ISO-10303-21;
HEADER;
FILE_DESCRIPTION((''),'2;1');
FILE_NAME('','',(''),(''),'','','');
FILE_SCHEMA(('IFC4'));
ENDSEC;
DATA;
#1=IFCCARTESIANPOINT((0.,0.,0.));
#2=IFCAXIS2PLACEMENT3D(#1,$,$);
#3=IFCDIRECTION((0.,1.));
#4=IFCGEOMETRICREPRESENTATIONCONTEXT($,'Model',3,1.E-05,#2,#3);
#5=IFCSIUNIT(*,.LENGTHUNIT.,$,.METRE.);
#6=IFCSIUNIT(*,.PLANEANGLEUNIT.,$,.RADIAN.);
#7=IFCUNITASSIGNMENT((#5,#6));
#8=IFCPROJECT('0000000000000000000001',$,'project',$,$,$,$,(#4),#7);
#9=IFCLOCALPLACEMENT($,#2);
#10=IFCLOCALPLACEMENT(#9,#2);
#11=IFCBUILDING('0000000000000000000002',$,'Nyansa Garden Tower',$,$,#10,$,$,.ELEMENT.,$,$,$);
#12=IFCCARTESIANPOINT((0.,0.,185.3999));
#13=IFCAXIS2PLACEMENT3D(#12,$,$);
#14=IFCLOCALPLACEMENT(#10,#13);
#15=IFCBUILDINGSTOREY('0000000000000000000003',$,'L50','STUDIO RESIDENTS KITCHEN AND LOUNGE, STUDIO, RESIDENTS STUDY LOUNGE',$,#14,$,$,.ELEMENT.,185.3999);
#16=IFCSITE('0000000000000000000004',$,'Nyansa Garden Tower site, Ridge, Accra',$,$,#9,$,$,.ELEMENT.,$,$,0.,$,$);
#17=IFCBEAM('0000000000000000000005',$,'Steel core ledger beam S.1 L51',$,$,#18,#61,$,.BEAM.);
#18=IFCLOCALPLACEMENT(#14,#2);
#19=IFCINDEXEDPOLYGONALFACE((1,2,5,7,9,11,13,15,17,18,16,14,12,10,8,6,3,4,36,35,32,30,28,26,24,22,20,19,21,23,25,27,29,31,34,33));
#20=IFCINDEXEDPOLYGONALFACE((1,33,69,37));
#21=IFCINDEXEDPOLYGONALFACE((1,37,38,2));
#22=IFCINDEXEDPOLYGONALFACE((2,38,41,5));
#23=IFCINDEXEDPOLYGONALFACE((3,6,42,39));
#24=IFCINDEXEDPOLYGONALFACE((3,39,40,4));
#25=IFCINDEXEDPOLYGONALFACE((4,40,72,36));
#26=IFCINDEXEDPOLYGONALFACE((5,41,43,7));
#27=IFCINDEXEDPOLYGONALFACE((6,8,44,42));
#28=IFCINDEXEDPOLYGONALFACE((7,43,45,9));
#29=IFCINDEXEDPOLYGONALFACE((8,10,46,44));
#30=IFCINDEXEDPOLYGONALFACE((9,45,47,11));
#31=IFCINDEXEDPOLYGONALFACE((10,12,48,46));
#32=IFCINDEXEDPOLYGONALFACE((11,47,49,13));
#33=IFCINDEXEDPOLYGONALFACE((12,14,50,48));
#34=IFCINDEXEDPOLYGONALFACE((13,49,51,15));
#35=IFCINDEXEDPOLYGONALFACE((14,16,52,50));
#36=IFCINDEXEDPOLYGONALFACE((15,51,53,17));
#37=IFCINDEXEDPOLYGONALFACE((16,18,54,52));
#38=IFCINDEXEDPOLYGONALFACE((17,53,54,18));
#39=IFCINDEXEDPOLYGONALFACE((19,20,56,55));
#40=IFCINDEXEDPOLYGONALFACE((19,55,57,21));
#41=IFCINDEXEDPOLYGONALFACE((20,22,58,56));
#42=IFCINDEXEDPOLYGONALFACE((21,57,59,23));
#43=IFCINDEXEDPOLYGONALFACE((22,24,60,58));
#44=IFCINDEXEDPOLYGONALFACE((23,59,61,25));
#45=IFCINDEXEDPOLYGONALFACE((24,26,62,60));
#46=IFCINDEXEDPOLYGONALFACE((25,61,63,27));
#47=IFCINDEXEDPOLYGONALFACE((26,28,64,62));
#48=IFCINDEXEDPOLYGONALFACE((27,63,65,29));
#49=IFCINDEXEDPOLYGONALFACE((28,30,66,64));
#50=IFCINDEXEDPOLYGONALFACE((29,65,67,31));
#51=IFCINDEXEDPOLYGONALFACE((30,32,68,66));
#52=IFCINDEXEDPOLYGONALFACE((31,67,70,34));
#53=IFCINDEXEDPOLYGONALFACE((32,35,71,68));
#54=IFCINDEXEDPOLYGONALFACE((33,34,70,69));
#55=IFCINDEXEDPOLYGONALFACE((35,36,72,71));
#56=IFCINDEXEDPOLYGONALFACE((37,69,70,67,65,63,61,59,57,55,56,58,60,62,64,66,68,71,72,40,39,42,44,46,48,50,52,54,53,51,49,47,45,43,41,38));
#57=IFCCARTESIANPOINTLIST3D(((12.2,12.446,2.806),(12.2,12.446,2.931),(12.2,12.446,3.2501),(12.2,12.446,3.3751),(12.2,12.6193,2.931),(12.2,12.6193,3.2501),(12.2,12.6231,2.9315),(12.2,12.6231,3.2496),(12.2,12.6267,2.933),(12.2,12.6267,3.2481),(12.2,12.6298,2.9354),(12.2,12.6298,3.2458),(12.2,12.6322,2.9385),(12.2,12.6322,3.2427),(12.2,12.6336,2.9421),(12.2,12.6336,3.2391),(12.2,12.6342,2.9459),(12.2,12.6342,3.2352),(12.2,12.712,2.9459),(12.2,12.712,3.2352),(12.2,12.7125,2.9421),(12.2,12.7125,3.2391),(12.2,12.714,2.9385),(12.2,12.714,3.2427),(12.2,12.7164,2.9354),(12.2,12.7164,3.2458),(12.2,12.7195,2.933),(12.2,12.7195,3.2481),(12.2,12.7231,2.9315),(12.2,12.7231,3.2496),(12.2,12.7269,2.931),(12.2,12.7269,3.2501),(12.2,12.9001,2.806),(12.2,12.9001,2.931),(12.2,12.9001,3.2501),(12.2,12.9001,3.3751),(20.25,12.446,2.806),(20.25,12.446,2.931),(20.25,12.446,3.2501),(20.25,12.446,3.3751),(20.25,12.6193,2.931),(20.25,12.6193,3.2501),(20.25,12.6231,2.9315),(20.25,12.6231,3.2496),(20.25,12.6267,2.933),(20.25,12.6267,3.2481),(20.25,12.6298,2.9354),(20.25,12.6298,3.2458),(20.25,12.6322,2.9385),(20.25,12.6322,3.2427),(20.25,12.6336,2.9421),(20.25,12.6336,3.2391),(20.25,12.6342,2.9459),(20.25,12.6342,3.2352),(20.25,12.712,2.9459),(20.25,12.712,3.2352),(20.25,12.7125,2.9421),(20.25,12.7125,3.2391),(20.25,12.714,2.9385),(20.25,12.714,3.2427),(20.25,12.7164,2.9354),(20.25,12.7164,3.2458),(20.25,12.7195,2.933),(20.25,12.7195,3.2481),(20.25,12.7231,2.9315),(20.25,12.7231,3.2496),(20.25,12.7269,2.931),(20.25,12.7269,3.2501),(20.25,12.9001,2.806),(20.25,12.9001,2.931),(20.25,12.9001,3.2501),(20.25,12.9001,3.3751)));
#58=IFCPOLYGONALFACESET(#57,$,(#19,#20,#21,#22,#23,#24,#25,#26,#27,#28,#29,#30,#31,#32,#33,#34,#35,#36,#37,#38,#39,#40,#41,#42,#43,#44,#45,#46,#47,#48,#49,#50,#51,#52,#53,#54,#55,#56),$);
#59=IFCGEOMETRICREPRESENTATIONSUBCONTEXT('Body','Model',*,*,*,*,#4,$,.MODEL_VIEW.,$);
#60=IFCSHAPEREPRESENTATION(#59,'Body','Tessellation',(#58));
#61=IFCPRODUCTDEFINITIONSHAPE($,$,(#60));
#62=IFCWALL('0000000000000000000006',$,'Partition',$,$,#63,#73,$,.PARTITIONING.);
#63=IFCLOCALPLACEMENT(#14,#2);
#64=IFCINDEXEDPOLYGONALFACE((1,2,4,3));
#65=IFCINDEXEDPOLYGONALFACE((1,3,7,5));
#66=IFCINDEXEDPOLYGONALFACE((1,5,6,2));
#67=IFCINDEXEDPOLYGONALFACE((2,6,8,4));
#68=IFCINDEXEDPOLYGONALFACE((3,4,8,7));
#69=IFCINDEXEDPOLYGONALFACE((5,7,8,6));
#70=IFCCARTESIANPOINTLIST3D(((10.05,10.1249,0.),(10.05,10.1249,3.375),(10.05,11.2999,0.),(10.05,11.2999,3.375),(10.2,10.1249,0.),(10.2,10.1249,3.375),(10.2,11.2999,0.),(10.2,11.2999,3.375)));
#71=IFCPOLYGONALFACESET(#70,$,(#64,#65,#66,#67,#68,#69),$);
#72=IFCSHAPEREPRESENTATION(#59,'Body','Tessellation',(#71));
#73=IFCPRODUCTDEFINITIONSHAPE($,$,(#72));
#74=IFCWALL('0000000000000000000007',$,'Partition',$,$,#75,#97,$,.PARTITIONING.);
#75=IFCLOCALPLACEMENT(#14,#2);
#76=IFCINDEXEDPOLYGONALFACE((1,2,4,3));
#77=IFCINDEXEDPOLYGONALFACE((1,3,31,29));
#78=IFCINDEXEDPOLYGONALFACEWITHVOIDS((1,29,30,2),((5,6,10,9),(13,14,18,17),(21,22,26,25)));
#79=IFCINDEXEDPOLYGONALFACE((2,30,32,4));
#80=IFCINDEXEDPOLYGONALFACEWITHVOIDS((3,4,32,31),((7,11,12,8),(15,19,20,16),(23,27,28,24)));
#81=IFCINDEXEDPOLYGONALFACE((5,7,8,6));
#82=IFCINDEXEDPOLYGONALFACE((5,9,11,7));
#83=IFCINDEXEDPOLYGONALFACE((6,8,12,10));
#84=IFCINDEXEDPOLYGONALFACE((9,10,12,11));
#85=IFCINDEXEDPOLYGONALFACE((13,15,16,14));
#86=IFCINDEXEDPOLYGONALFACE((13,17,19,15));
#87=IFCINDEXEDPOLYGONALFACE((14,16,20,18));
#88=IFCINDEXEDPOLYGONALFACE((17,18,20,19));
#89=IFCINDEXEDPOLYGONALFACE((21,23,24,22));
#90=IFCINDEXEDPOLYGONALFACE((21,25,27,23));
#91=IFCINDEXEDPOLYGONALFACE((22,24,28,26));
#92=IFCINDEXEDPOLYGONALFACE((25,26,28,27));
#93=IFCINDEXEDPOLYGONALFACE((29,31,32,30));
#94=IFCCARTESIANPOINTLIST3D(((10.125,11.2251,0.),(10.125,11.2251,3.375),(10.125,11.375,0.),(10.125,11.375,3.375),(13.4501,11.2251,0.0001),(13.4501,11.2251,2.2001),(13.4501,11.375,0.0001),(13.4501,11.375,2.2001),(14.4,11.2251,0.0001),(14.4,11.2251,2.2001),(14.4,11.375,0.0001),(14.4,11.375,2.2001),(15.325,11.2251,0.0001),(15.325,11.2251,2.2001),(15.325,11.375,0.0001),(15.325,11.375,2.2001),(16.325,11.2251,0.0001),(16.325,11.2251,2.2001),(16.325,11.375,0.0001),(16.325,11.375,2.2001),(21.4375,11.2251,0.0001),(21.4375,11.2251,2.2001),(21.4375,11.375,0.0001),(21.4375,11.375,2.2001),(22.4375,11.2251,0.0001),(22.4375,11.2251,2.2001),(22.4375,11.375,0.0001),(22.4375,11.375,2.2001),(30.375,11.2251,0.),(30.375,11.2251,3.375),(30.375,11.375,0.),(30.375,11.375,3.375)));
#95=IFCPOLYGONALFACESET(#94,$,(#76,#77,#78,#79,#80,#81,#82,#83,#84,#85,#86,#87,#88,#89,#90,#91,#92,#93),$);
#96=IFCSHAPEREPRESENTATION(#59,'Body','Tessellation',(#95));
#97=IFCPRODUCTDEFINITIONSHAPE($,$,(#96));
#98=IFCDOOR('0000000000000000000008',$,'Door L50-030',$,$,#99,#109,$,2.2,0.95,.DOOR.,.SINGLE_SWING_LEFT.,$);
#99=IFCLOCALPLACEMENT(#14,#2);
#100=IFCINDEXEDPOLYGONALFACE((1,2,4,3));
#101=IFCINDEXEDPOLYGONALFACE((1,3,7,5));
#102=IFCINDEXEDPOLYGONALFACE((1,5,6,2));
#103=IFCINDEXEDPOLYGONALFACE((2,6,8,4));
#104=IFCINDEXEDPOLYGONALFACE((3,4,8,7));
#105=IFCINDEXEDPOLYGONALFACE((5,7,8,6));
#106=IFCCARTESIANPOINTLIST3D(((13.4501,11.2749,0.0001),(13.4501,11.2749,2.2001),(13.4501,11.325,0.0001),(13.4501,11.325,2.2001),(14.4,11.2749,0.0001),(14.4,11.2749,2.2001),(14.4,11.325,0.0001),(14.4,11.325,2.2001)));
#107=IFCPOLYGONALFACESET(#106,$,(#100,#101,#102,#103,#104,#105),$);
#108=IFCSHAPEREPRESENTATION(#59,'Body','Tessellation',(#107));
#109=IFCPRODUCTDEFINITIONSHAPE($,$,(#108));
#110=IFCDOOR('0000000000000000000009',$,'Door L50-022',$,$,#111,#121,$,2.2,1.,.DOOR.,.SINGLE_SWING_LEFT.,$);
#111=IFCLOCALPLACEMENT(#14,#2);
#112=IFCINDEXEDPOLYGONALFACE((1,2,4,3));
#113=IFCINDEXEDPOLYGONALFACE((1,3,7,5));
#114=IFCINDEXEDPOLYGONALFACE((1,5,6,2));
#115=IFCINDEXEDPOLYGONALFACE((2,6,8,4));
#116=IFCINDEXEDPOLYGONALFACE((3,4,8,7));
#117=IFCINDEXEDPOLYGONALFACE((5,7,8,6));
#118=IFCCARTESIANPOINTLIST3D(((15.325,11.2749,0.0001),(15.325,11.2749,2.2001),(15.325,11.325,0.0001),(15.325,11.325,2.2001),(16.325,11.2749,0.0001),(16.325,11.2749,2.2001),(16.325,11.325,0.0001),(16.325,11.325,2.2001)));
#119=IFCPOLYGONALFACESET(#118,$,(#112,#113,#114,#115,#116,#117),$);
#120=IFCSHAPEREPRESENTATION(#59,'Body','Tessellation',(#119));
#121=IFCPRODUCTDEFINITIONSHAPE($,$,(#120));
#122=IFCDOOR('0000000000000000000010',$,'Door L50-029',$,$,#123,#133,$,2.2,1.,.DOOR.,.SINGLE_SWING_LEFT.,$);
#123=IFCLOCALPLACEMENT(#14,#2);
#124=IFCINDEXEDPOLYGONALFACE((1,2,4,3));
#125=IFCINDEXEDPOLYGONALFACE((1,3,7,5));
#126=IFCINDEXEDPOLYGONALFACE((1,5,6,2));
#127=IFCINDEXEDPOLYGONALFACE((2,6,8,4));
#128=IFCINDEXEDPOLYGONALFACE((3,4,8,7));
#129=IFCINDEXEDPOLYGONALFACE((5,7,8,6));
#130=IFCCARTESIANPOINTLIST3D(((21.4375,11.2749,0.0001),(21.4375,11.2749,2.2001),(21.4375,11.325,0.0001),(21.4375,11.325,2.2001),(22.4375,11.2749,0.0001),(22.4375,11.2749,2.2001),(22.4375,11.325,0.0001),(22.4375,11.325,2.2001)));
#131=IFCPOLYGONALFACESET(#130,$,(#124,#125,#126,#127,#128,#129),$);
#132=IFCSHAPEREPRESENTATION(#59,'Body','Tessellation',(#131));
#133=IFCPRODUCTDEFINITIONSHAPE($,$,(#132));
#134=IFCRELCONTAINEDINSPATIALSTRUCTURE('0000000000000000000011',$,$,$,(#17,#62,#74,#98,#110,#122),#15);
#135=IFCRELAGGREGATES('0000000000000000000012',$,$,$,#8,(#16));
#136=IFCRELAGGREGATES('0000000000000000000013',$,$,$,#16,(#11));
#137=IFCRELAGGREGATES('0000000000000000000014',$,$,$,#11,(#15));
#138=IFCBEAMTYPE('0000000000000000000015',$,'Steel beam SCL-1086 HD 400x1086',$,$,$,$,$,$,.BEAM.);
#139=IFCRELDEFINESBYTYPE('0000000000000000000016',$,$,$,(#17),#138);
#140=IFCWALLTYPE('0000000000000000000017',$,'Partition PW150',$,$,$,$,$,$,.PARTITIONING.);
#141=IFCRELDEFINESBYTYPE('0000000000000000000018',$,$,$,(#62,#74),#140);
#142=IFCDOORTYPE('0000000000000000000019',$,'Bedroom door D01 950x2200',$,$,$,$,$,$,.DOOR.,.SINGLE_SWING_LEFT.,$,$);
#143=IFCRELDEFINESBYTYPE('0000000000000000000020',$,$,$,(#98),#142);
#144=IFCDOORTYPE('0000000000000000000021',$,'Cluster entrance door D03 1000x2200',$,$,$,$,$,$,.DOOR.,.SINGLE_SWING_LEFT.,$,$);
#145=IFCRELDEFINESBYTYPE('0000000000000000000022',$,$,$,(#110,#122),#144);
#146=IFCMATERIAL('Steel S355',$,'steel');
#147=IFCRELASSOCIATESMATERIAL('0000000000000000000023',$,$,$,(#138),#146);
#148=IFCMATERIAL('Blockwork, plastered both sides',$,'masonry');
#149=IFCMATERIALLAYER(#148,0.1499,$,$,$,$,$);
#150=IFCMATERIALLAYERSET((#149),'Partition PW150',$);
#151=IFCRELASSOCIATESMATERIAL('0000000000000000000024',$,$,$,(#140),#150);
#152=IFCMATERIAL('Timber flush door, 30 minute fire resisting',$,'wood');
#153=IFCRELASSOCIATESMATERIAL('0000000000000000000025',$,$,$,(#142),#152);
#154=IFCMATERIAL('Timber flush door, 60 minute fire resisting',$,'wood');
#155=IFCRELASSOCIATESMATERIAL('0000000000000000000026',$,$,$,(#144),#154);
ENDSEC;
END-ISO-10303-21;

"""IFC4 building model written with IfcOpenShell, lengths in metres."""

from ifc_helpers import new_model, si_unit, direction, frame, frame_2d, origin, origin_2d, place, context, subcontext, project, spatial, rectangle, i_section, extrude, material, layer, layer_set, material_profile, profile_set, type_object, element, fill, save


model = new_model("IFC4")

# Units and contexts
model_context = context("Model", 3, precision=1e-05, world=origin(), true_north=direction((0.0, 1.0)))
body_context = subcontext(model_context, "Body", "Model", "MODEL_VIEW")
ifc_project = project(units=[si_unit("LENGTHUNIT", "METRE"), si_unit("PLANEANGLEUNIT", "RADIAN")], contexts=[model_context])

# Site, building, storey
site_placement = place(None, origin())
site = spatial("IfcSite", under=ifc_project, at=site_placement, Name="Nyansa Garden Tower site, Ridge, Accra", CompositionType="ELEMENT", RefElevation=0.0)
building_placement = place(site_placement, origin())
building = spatial("IfcBuilding", under=site, at=building_placement, Name="Nyansa Garden Tower", CompositionType="ELEMENT")
storey_placement = place(building_placement, frame((0.0, 0.0, 185.3999)))
storey = spatial("IfcBuildingStorey", under=building, at=storey_placement, Name="L50", Description="STUDIO RESIDENTS KITCHEN AND LOUNGE, STUDIO, RESIDENTS STUDY LOUNGE", CompositionType="ELEMENT", Elevation=185.3999)

# Beam
ifc_material_1 = material(Name="Steel S355", Category="steel")
ifc_material_profile_1 = material_profile(ifc_material_1, i_section(OverallWidth=0.4541, OverallDepth=0.5691, WebThickness=0.0779, FlangeThickness=0.125, FilletRadius=0.0149, at=origin_2d()), Name="HD 400x1086")
ifc_profile_set_1 = profile_set([ifc_material_profile_1], Name="Steel S355")
beam_type_1 = type_object("IfcBeamType", Name="Steel beam SCL-1086 HD 400x1086", PredefinedType="BEAM", material=ifc_profile_set_1)
beam_1_placement = place(storey_placement, frame((12.2, 12.6731, 3.0906), z_axis=(1.0, 0.0, 0.0), x_axis=(0.0, 1.0, 0.0)))
element("IfcBeam", 1, at=beam_1_placement, inside=storey, type_object=beam_type_1, Name="Steel core ledger beam S.1 L51", PredefinedType="BEAM", context=body_context, shape_type="SweptSolid", body=[
    extrude(i_section(OverallWidth=0.4541, OverallDepth=0.5691, WebThickness=0.0779, FlangeThickness=0.125, FilletRadius=0.0149, at=origin_2d()), origin(), (0.0, 0.0, 1.0), 8.05),
])

# Wall
ifc_material_2 = material(Name="Blockwork, plastered both sides", Category="masonry")
ifc_layer = layer(ifc_material_2, 0.1499)
ifc_layer_set = layer_set([ifc_layer], Name="Partition PW150")
wall_type = type_object("IfcWallType", Name="Partition PW150", PredefinedType="PARTITIONING", material=ifc_layer_set)
wall_1_placement = place(storey_placement, frame((10.125, 10.125, 0.0), z_axis=(0.0, 0.0, 1.0), x_axis=(0.0, 1.0, 0.0)))
element("IfcWall", 2, at=wall_1_placement, inside=storey, type_object=wall_type, Name="Partition", PredefinedType="PARTITIONING", context=body_context, shape_type="SweptSolid", body=[
    extrude(rectangle(XDim=1.175, YDim=0.1499, at=frame_2d((0.5874, 0.0))), origin(), (0.0, 0.0, 1.0), 3.375),
])

# Wall, openings, doors
wall_2_placement = place(storey_placement, frame((10.125, 11.3, 0.0), z_axis=(0.0, 0.0, 1.0), x_axis=(1.0, 0.0, 0.0)))
wall_2 = element("IfcWall", 3, at=wall_2_placement, inside=storey, type_object=wall_type, Name="Partition", PredefinedType="PARTITIONING", context=body_context, shape_type="SweptSolid", body=[
    extrude(rectangle(XDim=20.25, YDim=0.1499, at=frame_2d((10.125, 0.0))), origin(), (0.0, 0.0, 1.0), 3.375),
])
opening_1_placement = place(wall_2_placement, frame((5.2, 0.0, 0.0)))
opening_1 = element("IfcOpeningElement", 4, at=opening_1_placement, cuts=wall_2, PredefinedType="OPENING", context=body_context, shape_type="SweptSolid", body=[
    extrude(rectangle(XDim=1.0, YDim=2.2, at=frame_2d((0.5, 1.1001))), frame((0.0, 0.085, 0.0), z_axis=(0.0, -1.0, 0.0), x_axis=(1.0, 0.0, 0.0)), (0.0, 0.0, 1.0), 0.1699),
])
opening_2_placement = place(wall_2_placement, frame((11.3125, 0.0, 0.0)))
opening_2 = element("IfcOpeningElement", 5, at=opening_2_placement, cuts=wall_2, PredefinedType="OPENING", context=body_context, shape_type="SweptSolid", body=[
    extrude(rectangle(XDim=1.0, YDim=2.2, at=frame_2d((0.5, 1.1001))), frame((0.0, 0.085, 0.0), z_axis=(0.0, -1.0, 0.0), x_axis=(1.0, 0.0, 0.0)), (0.0, 0.0, 1.0), 0.1699),
])
opening_3_placement = place(wall_2_placement, frame((3.325, 0.0, 0.0)))
opening_3 = element("IfcOpeningElement", 6, at=opening_3_placement, cuts=wall_2, PredefinedType="OPENING", context=body_context, shape_type="SweptSolid", body=[
    extrude(rectangle(XDim=0.95, YDim=2.2, at=frame_2d((0.4751, 1.1001))), frame((0.0, 0.085, 0.0), z_axis=(0.0, -1.0, 0.0), x_axis=(1.0, 0.0, 0.0)), (0.0, 0.0, 1.0), 0.1699),
])
ifc_material_3 = material(Name="Timber flush door, 30 minute fire resisting", Category="wood")
door_type_1 = type_object("IfcDoorType", Name="Bedroom door D01 950x2200", OperationType="SINGLE_SWING_LEFT", PredefinedType="DOOR", material=ifc_material_3)
door_1_placement = place(opening_3_placement, origin())
door_1 = element("IfcDoor", 7, at=door_1_placement, inside=storey, type_object=door_type_1, Name="Door L50-030", OperationType="SINGLE_SWING_LEFT", OverallHeight=2.2, OverallWidth=0.95, PredefinedType="DOOR", context=body_context, shape_type="SweptSolid", body=[
    extrude(rectangle(XDim=0.95, YDim=2.2, at=frame_2d((0.4751, 1.1001))), frame((0.0, 0.0249, 0.0), z_axis=(0.0, -1.0, 0.0), x_axis=(1.0, 0.0, 0.0)), (0.0, 0.0, 1.0), 0.05),
])
fill(opening_3, door_1)
ifc_material_4 = material(Name="Timber flush door, 60 minute fire resisting", Category="wood")
door_type_2 = type_object("IfcDoorType", Name="Cluster entrance door D03 1000x2200", OperationType="SINGLE_SWING_LEFT", PredefinedType="DOOR", material=ifc_material_4)
door_2_placement = place(opening_1_placement, origin())
door_2 = element("IfcDoor", 8, at=door_2_placement, inside=storey, type_object=door_type_2, Name="Door L50-022", OperationType="SINGLE_SWING_LEFT", OverallHeight=2.2, OverallWidth=1.0, PredefinedType="DOOR", context=body_context, shape_type="SweptSolid", body=[
    extrude(rectangle(XDim=1.0, YDim=2.2, at=frame_2d((0.5, 1.1001))), frame((0.0, 0.0249, 0.0), z_axis=(0.0, -1.0, 0.0), x_axis=(1.0, 0.0, 0.0)), (0.0, 0.0, 1.0), 0.05),
])
fill(opening_1, door_2)
door_3_placement = place(opening_2_placement, origin())
door_3 = element("IfcDoor", 9, at=door_3_placement, inside=storey, type_object=door_type_2, Name="Door L50-029", OperationType="SINGLE_SWING_LEFT", OverallHeight=2.2, OverallWidth=1.0, PredefinedType="DOOR", context=body_context, shape_type="SweptSolid", body=[
    extrude(rectangle(XDim=1.0, YDim=2.2, at=frame_2d((0.5, 1.1001))), frame((0.0, 0.0249, 0.0), z_axis=(0.0, -1.0, 0.0), x_axis=(1.0, 0.0, 0.0)), (0.0, 0.0, 1.0), 0.05),
])
fill(opening_2, door_3)

save(model, "model.ifc")
